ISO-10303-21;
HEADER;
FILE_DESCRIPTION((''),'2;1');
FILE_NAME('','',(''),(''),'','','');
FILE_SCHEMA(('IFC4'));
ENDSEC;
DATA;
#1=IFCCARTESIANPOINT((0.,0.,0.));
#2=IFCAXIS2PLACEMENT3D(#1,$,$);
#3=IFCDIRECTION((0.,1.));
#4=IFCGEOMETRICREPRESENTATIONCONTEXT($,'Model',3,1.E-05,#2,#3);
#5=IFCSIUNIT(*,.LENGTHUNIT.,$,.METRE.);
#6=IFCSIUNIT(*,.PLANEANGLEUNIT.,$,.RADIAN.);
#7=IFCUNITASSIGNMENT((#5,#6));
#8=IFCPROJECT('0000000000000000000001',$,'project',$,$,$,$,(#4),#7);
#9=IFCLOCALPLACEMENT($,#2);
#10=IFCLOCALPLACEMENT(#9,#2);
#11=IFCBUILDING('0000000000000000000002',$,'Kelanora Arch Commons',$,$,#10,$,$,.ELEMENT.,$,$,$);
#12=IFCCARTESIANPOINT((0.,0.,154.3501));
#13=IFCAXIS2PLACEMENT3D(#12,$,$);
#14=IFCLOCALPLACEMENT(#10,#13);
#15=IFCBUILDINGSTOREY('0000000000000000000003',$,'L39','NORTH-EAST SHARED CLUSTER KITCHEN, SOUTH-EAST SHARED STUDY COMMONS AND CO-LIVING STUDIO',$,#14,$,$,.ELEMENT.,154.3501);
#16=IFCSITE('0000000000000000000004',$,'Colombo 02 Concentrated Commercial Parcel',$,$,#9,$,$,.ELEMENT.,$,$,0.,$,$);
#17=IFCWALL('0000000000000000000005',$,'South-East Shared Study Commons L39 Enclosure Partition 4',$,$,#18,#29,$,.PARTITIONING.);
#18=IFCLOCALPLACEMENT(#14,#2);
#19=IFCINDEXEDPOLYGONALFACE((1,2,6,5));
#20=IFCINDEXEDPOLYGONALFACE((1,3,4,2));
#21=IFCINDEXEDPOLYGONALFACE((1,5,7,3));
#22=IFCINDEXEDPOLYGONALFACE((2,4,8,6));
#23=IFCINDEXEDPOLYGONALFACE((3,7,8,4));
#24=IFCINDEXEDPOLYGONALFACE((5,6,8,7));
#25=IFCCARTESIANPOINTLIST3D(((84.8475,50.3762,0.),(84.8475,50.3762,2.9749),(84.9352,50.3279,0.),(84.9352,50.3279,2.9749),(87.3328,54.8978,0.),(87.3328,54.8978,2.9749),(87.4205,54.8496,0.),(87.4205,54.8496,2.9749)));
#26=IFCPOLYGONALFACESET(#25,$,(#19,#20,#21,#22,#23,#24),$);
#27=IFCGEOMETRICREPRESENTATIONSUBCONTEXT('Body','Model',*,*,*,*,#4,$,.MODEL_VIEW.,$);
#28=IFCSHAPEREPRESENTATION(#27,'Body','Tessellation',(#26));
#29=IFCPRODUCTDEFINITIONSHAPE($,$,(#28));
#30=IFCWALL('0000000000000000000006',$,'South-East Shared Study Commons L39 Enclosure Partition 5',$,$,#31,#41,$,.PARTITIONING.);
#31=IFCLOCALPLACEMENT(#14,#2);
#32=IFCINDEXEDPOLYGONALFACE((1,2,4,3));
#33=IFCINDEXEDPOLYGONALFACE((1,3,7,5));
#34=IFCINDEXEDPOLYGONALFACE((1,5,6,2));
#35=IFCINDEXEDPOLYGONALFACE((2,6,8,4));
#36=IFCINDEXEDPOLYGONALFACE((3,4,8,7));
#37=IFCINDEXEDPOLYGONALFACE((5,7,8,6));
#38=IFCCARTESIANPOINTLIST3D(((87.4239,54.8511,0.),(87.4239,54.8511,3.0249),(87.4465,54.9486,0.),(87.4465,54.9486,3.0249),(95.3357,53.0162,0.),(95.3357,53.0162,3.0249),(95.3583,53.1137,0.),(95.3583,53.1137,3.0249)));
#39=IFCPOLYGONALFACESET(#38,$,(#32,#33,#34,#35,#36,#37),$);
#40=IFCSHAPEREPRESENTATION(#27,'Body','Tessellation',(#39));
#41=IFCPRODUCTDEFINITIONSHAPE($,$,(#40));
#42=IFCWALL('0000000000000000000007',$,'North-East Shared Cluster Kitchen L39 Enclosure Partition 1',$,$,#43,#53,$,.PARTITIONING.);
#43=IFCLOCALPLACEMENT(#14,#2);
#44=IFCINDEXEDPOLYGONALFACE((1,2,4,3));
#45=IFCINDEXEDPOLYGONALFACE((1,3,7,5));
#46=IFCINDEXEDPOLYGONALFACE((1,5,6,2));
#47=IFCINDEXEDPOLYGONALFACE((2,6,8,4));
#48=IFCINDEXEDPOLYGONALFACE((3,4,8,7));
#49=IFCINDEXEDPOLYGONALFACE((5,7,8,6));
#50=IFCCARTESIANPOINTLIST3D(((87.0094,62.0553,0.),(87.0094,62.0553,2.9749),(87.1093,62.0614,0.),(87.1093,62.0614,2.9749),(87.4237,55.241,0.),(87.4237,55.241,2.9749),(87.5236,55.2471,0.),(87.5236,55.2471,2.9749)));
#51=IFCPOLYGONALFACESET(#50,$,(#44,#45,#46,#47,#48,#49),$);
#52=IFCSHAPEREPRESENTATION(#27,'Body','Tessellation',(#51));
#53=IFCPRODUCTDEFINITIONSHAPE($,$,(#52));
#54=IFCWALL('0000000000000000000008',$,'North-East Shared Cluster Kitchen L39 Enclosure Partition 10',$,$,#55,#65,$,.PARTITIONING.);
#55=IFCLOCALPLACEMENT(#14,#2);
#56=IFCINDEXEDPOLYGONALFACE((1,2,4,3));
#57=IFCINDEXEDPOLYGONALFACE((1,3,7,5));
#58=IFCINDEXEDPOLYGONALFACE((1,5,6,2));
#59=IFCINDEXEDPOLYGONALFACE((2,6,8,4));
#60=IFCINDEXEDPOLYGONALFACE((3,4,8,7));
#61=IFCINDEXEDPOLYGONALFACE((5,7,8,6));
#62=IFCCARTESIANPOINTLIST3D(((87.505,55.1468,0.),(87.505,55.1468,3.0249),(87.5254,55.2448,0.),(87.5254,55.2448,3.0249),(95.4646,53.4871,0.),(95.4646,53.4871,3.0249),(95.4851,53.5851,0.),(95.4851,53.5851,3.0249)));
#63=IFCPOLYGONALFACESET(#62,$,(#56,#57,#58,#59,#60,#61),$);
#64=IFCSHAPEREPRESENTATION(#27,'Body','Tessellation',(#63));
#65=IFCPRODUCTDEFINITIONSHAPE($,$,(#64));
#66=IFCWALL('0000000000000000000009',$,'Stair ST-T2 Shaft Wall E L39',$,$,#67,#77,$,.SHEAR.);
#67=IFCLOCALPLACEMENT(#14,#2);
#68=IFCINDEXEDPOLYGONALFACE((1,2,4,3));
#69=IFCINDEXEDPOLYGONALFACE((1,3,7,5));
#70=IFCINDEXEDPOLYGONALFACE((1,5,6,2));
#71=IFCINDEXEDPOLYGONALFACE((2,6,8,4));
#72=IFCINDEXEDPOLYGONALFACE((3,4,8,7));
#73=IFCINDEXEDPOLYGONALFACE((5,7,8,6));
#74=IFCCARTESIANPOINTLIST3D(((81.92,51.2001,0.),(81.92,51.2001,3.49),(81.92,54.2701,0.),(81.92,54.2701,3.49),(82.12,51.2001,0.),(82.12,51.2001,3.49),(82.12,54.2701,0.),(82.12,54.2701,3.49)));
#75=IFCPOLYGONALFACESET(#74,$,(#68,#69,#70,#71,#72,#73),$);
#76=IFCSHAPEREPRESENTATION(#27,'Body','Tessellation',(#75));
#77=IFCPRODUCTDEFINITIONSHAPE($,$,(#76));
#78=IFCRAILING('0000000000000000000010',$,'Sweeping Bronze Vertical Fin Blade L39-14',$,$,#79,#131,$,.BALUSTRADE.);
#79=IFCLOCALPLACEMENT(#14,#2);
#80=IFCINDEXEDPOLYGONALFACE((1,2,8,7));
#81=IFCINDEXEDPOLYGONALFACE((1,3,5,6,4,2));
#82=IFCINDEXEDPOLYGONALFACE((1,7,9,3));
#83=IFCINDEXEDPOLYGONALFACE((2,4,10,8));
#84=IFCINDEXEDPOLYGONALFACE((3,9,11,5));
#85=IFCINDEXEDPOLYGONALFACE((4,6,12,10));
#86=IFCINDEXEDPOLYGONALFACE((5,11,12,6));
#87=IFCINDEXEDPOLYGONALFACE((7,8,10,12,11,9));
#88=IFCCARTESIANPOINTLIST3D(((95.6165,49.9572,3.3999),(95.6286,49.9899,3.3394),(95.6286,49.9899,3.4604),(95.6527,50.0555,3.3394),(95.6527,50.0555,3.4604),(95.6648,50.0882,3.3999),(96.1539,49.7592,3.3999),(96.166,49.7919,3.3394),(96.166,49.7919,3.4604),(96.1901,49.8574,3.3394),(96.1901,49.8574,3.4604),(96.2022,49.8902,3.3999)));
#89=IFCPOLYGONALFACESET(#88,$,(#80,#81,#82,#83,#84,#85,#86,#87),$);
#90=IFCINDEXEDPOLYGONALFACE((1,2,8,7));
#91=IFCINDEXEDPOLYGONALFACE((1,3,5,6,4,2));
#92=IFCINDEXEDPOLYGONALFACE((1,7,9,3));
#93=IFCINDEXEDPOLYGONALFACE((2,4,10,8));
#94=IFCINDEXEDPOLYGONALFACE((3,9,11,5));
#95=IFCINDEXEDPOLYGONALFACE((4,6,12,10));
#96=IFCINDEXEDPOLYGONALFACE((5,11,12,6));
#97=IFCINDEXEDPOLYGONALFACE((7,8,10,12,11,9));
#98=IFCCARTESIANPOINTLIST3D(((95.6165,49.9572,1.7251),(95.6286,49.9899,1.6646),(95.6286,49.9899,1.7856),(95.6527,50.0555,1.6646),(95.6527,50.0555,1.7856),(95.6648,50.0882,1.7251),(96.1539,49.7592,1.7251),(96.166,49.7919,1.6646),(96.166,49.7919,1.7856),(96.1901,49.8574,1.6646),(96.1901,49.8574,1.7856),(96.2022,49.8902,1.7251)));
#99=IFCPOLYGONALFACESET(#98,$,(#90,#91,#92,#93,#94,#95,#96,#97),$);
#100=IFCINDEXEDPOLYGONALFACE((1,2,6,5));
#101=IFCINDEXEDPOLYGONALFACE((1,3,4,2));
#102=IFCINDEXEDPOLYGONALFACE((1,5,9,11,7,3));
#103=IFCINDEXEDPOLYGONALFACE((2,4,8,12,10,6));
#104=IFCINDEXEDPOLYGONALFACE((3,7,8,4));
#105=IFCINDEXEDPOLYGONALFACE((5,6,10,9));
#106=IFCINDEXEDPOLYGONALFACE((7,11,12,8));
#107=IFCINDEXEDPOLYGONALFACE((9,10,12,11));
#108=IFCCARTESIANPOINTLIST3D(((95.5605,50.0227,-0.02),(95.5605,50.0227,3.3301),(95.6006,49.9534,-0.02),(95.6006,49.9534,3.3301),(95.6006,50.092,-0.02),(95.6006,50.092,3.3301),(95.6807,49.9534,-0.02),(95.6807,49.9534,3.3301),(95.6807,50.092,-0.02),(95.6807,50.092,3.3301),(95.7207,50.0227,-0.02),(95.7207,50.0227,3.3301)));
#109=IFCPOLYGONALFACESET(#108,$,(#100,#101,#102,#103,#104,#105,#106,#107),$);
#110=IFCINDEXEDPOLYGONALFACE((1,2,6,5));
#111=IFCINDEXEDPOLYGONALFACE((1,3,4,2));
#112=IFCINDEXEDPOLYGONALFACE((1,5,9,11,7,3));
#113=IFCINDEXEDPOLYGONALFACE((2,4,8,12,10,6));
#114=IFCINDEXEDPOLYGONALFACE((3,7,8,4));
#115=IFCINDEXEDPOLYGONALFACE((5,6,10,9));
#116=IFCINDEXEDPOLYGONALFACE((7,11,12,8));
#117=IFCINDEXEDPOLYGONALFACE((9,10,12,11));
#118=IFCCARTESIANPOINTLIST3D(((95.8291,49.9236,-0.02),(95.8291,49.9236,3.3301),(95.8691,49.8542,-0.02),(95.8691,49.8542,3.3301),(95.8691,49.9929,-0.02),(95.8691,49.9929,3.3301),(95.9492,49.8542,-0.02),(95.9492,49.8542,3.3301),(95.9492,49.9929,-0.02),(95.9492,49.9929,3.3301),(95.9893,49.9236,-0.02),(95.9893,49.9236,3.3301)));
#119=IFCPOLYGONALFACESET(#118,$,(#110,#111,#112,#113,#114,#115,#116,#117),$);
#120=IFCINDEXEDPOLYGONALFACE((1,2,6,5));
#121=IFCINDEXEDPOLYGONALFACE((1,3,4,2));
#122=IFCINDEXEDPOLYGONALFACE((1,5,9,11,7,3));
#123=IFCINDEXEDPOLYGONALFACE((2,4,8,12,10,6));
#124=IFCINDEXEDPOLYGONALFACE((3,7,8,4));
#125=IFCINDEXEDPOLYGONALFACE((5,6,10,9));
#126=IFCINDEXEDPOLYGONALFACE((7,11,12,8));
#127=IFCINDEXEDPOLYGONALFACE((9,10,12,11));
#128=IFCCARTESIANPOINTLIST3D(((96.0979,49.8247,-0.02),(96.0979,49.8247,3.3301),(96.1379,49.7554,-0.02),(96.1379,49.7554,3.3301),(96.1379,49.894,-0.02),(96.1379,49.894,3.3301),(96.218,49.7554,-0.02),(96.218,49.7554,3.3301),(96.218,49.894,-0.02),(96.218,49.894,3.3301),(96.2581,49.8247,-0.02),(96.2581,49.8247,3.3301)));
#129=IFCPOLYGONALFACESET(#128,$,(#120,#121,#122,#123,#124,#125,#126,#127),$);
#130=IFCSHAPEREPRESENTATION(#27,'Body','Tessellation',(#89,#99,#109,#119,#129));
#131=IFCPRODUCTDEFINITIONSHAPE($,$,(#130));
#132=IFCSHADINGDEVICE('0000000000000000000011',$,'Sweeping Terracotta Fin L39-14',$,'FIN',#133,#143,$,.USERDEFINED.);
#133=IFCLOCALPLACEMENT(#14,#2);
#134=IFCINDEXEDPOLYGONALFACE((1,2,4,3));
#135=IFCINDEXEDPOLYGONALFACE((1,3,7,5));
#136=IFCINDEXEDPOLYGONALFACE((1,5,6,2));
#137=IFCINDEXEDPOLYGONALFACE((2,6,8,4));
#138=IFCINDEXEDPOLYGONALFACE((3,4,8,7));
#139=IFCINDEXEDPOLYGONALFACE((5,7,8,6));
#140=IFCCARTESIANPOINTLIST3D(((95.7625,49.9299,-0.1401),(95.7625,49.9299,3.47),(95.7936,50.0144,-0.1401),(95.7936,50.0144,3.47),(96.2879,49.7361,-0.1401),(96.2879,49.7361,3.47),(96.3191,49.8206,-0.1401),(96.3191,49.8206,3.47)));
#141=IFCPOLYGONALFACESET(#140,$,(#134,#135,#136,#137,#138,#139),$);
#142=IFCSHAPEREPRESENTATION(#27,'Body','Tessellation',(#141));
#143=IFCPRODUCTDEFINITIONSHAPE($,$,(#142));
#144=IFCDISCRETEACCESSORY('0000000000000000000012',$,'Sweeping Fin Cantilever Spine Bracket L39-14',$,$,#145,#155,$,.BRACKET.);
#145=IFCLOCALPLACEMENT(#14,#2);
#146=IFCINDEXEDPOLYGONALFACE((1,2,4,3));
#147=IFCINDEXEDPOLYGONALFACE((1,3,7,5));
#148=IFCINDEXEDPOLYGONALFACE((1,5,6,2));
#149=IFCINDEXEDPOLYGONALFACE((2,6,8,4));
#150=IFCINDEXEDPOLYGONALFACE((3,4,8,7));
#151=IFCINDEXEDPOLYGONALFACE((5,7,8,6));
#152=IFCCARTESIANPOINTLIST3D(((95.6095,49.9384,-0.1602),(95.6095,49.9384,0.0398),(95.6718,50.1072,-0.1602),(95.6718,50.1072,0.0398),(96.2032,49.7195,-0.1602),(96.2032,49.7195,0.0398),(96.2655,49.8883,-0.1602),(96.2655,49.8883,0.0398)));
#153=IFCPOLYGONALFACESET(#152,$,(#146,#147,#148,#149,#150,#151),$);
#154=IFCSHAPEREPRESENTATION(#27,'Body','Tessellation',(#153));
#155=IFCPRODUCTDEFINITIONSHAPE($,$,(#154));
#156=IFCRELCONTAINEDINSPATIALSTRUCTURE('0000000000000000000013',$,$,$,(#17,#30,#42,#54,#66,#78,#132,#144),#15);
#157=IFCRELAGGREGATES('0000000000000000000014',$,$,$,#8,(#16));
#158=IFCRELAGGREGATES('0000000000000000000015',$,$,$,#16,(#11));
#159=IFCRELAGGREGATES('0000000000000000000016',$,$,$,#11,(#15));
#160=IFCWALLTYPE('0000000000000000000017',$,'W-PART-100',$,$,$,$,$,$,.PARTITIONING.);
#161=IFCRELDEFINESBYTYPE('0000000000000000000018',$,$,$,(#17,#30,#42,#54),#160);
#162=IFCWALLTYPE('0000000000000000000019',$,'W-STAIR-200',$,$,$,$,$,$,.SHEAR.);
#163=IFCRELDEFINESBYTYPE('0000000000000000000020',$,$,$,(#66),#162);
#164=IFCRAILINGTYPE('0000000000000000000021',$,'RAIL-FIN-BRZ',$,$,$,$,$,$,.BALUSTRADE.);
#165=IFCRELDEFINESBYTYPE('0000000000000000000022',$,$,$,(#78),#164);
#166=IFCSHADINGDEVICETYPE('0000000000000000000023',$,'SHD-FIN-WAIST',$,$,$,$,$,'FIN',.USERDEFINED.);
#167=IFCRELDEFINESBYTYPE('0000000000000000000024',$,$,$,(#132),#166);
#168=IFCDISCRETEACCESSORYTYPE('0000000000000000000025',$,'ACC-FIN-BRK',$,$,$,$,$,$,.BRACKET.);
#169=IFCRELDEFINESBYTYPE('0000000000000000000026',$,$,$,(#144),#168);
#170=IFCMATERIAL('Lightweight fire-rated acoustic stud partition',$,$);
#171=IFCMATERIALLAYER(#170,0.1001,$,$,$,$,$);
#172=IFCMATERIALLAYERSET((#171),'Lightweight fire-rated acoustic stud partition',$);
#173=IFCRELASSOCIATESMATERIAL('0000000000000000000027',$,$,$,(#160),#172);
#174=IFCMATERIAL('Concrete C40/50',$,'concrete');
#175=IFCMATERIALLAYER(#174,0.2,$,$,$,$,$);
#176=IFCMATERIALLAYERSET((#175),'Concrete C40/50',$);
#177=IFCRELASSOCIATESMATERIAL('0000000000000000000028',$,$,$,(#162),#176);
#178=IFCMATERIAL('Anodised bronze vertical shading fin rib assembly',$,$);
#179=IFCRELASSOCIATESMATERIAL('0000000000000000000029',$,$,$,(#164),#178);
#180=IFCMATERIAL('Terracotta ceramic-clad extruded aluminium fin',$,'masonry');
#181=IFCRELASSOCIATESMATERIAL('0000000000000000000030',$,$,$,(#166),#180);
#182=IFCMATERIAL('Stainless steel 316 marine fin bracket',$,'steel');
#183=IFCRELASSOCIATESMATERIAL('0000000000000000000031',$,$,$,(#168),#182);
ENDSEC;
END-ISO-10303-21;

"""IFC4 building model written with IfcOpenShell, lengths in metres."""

from ifc_helpers import new_model, si_unit, direction, frame, frame_2d, origin, origin_2d, place, context, subcontext, project, spatial, polyline, rectangle, outline, extrude, source, transform, mapped, material, layer, layer_set, type_object, element, save


model = new_model("IFC4")

# Units and contexts
model_context = context("Model", 3, precision=1e-05, world=origin(), true_north=direction((0.0, 1.0)))
body_context = subcontext(model_context, "Body", "Model", "MODEL_VIEW")
ifc_project = project(units=[si_unit("LENGTHUNIT", "METRE"), si_unit("PLANEANGLEUNIT", "RADIAN")], contexts=[model_context])

# Site, building, storey
site_placement = place(None, origin())
site = spatial("IfcSite", under=ifc_project, at=site_placement, Name="Colombo 02 Concentrated Commercial Parcel", CompositionType="ELEMENT", RefElevation=0.0)
building_placement = place(site_placement, origin())
building = spatial("IfcBuilding", under=site, at=building_placement, Name="Kelanora Arch Commons", CompositionType="ELEMENT")
storey_placement = place(building_placement, frame((0.0, 0.0, 154.3501)))
storey = spatial("IfcBuildingStorey", under=building, at=storey_placement, Name="L39", Description="NORTH-EAST SHARED CLUSTER KITCHEN, SOUTH-EAST SHARED STUDY COMMONS AND CO-LIVING STUDIO", CompositionType="ELEMENT", Elevation=154.3501)

# Walls
ifc_material_1 = material(Name="Lightweight fire-rated acoustic stud partition")
ifc_layer_1 = layer(ifc_material_1, 0.1001)
ifc_layer_set_1 = layer_set([ifc_layer_1], Name="Lightweight fire-rated acoustic stud partition")
wall_type_1 = type_object("IfcWallType", Name="W-PART-100", PredefinedType="PARTITIONING", material=ifc_layer_set_1)
wall_1_placement = place(storey_placement, frame((84.8914, 50.3521, 0.0), z_axis=(0.0, 0.0, 1.0), x_axis=(0.481681, 0.876347, 0.0)))
element("IfcWall", 1, at=wall_1_placement, inside=storey, type_object=wall_type_1, Name="South-East Shared Study Commons L39 Enclosure Partition 4", PredefinedType="PARTITIONING", context=body_context, shape_type="SweptSolid", body=[
    extrude(rectangle(XDim=5.1597, YDim=0.1001, at=frame_2d((2.5798, 0.0))), origin(), (0.0, 0.0, 1.0), 2.9749),
])
wall_2_placement = place(storey_placement, frame((87.4351, 54.8999, 0.0), z_axis=(0.0, 0.0, 1.0), x_axis=(0.974144, -0.225929, 0.0)))
element("IfcWall", 2, at=wall_2_placement, inside=storey, type_object=wall_type_1, Name="South-East Shared Study Commons L39 Enclosure Partition 5", PredefinedType="PARTITIONING", context=body_context, shape_type="SweptSolid", body=[
    extrude(rectangle(XDim=8.1218, YDim=0.1001, at=frame_2d((4.061, 0.0))), origin(), (0.0, 0.0, 1.0), 3.0249),
])
wall_3_placement = place(storey_placement, frame((87.4736, 55.2439, 0.0), z_axis=(0.0, 0.0, 1.0), x_axis=(-0.060688, 0.998157, 0.0)))
element("IfcWall", 3, at=wall_3_placement, inside=storey, type_object=wall_type_1, Name="North-East Shared Cluster Kitchen L39 Enclosure Partition 1", PredefinedType="PARTITIONING", context=body_context, shape_type="SweptSolid", body=[
    extrude(rectangle(XDim=6.8269, YDim=0.1001, at=frame_2d((3.4136, 0.0))), origin(), (0.0, 0.0, 1.0), 2.9749),
])
wall_4_placement = place(storey_placement, frame((95.4749, 53.5361, 0.0), z_axis=(0.0, 0.0, 1.0), x_axis=(-0.978946, 0.204119, 0.0)))
element("IfcWall", 4, at=wall_4_placement, inside=storey, type_object=wall_type_1, Name="North-East Shared Cluster Kitchen L39 Enclosure Partition 10", PredefinedType="PARTITIONING", context=body_context, shape_type="SweptSolid", body=[
    extrude(rectangle(XDim=8.1309, YDim=0.1001, at=frame_2d((4.0654, 0.0))), origin(), (0.0, 0.0, 1.0), 3.0249),
])
ifc_material_2 = material(Name="Concrete C40/50", Category="concrete")
ifc_layer_2 = layer(ifc_material_2, 0.2)
ifc_layer_set_2 = layer_set([ifc_layer_2], Name="Concrete C40/50")
wall_type_2 = type_object("IfcWallType", Name="W-STAIR-200", PredefinedType="SHEAR", material=ifc_layer_set_2)
wall_5_placement = place(storey_placement, frame((82.02, 51.2, 0.0), z_axis=(0.0, 0.0, 1.0), x_axis=(0.0, 1.0, 0.0)))
element("IfcWall", 5, at=wall_5_placement, inside=storey, type_object=wall_type_2, Name="Stair ST-T2 Shaft Wall E L39", PredefinedType="SHEAR", context=body_context, shape_type="SweptSolid", body=[
    extrude(rectangle(XDim=3.0701, YDim=0.2, at=frame_2d((1.5352, 0.0))), origin(), (0.0, 0.0, 1.0), 3.49),
])

# Railing
ifc_material_3 = material(Name="Anodised bronze vertical shading fin rib assembly")
railing_type = type_object("IfcRailingType", Name="RAIL-FIN-BRZ", PredefinedType="BALUSTRADE", material=ifc_material_3)
railing_placement = place(storey_placement, frame((95.6406, 50.0227, -0.02)))
element("IfcRailing", 6, at=railing_placement, inside=storey, type_object=railing_type, Name="Sweeping Bronze Vertical Fin Blade L39-14", PredefinedType="BALUSTRADE", context=body_context, shape_type="SweptSolid", body=[
    extrude(outline(polyline([(0.0698, 0.0), (0.0349, 0.0605), (-0.0349, 0.0605), (-0.0698, 0.0), (-0.0349, -0.0605), (0.0349, -0.0605), (0.0698, 0.0)])), frame((0.0, 0.0, 3.4199), z_axis=(0.938329, -0.345745, 0.0), x_axis=(0.345745, 0.938329, 0.0)), (0.0, 0.0, 1.0), 0.5728),
    extrude(outline(polyline([(0.0698, 0.0), (0.0349, 0.0605), (-0.0349, 0.0605), (-0.0698, 0.0), (-0.0349, -0.0605), (0.0349, -0.0605), (0.0698, 0.0)])), frame((0.0, 0.0, 1.7451), z_axis=(0.938329, -0.345745, 0.0), x_axis=(0.345745, 0.938329, 0.0)), (0.0, 0.0, 1.0), 0.5728),
    extrude(outline(polyline([(0.0801, 0.0), (0.04, 0.0693), (-0.04, 0.0693), (-0.0801, 0.0), (-0.04, -0.0693), (0.04, -0.0693), (0.0801, 0.0)])), origin(), (0.0, 0.0, 1.0), 3.3501),
    extrude(outline(polyline([(0.0801, 0.0), (0.04, 0.0693), (-0.04, 0.0693), (-0.0801, 0.0), (-0.04, -0.0693), (0.04, -0.0693), (0.0801, 0.0)])), frame((0.2686, -0.0991, 0.0)), (0.0, 0.0, 1.0), 3.3501),
    extrude(outline(polyline([(0.0801, 0.0), (0.04, 0.0693), (-0.04, 0.0693), (-0.0801, 0.0), (-0.04, -0.0693), (0.04, -0.0693), (0.0801, 0.0)])), frame((0.5374, -0.198, 0.0)), (0.0, 0.0, 1.0), 3.3501),
])

# Shading device
ifc_material_4 = material(Name="Terracotta ceramic-clad extruded aluminium fin", Category="masonry")
shading_device_type = type_object("IfcShadingDeviceType", Name="SHD-FIN-WAIST", ElementType="FIN", PredefinedType="USERDEFINED", material=ifc_material_4)
shared_shape_1 = source(origin(), body_context, "Body", "SweptSolid", [
    extrude(rectangle(XDim=0.5601, YDim=0.0901, at=origin_2d()), origin(), (0.0, 0.0, 1.0), 3.6101),
])
shading_device_placement = place(storey_placement, frame((96.0408, 49.8752, -0.1401), z_axis=(0.0, 0.0, 1.0), x_axis=(0.938252, -0.345953, 0.0)))
element("IfcShadingDevice", 7, at=shading_device_placement, inside=storey, type_object=shading_device_type, Name="Sweeping Terracotta Fin L39-14", ObjectType="FIN", PredefinedType="USERDEFINED", context=body_context, shape_type="MappedRepresentation", body=[
    mapped(shared_shape_1, transform((0.0, 0.0, 0.0), scale=1.0)),
])

# Discrete accessory
ifc_material_5 = material(Name="Stainless steel 316 marine fin bracket", Category="steel")
discrete_accessory_type = type_object("IfcDiscreteAccessoryType", Name="ACC-FIN-BRK", PredefinedType="BRACKET", material=ifc_material_5)
shared_shape_2 = source(origin(), body_context, "Body", "SweptSolid", [
    extrude(rectangle(XDim=0.6328, YDim=0.1799, at=origin_2d()), origin(), (0.0, 0.0, 1.0), 0.2),
])
discrete_accessory_placement = place(storey_placement, frame((95.9375, 49.9133, -0.1602), z_axis=(0.0, 0.0, 1.0), x_axis=(0.938252, -0.345953, 0.0)))
element("IfcDiscreteAccessory", 8, at=discrete_accessory_placement, inside=storey, type_object=discrete_accessory_type, Name="Sweeping Fin Cantilever Spine Bracket L39-14", PredefinedType="BRACKET", context=body_context, shape_type="MappedRepresentation", body=[
    mapped(shared_shape_2, transform((0.0, 0.0, 0.0), scale=1.0)),
])

save(model, "model.ifc")
